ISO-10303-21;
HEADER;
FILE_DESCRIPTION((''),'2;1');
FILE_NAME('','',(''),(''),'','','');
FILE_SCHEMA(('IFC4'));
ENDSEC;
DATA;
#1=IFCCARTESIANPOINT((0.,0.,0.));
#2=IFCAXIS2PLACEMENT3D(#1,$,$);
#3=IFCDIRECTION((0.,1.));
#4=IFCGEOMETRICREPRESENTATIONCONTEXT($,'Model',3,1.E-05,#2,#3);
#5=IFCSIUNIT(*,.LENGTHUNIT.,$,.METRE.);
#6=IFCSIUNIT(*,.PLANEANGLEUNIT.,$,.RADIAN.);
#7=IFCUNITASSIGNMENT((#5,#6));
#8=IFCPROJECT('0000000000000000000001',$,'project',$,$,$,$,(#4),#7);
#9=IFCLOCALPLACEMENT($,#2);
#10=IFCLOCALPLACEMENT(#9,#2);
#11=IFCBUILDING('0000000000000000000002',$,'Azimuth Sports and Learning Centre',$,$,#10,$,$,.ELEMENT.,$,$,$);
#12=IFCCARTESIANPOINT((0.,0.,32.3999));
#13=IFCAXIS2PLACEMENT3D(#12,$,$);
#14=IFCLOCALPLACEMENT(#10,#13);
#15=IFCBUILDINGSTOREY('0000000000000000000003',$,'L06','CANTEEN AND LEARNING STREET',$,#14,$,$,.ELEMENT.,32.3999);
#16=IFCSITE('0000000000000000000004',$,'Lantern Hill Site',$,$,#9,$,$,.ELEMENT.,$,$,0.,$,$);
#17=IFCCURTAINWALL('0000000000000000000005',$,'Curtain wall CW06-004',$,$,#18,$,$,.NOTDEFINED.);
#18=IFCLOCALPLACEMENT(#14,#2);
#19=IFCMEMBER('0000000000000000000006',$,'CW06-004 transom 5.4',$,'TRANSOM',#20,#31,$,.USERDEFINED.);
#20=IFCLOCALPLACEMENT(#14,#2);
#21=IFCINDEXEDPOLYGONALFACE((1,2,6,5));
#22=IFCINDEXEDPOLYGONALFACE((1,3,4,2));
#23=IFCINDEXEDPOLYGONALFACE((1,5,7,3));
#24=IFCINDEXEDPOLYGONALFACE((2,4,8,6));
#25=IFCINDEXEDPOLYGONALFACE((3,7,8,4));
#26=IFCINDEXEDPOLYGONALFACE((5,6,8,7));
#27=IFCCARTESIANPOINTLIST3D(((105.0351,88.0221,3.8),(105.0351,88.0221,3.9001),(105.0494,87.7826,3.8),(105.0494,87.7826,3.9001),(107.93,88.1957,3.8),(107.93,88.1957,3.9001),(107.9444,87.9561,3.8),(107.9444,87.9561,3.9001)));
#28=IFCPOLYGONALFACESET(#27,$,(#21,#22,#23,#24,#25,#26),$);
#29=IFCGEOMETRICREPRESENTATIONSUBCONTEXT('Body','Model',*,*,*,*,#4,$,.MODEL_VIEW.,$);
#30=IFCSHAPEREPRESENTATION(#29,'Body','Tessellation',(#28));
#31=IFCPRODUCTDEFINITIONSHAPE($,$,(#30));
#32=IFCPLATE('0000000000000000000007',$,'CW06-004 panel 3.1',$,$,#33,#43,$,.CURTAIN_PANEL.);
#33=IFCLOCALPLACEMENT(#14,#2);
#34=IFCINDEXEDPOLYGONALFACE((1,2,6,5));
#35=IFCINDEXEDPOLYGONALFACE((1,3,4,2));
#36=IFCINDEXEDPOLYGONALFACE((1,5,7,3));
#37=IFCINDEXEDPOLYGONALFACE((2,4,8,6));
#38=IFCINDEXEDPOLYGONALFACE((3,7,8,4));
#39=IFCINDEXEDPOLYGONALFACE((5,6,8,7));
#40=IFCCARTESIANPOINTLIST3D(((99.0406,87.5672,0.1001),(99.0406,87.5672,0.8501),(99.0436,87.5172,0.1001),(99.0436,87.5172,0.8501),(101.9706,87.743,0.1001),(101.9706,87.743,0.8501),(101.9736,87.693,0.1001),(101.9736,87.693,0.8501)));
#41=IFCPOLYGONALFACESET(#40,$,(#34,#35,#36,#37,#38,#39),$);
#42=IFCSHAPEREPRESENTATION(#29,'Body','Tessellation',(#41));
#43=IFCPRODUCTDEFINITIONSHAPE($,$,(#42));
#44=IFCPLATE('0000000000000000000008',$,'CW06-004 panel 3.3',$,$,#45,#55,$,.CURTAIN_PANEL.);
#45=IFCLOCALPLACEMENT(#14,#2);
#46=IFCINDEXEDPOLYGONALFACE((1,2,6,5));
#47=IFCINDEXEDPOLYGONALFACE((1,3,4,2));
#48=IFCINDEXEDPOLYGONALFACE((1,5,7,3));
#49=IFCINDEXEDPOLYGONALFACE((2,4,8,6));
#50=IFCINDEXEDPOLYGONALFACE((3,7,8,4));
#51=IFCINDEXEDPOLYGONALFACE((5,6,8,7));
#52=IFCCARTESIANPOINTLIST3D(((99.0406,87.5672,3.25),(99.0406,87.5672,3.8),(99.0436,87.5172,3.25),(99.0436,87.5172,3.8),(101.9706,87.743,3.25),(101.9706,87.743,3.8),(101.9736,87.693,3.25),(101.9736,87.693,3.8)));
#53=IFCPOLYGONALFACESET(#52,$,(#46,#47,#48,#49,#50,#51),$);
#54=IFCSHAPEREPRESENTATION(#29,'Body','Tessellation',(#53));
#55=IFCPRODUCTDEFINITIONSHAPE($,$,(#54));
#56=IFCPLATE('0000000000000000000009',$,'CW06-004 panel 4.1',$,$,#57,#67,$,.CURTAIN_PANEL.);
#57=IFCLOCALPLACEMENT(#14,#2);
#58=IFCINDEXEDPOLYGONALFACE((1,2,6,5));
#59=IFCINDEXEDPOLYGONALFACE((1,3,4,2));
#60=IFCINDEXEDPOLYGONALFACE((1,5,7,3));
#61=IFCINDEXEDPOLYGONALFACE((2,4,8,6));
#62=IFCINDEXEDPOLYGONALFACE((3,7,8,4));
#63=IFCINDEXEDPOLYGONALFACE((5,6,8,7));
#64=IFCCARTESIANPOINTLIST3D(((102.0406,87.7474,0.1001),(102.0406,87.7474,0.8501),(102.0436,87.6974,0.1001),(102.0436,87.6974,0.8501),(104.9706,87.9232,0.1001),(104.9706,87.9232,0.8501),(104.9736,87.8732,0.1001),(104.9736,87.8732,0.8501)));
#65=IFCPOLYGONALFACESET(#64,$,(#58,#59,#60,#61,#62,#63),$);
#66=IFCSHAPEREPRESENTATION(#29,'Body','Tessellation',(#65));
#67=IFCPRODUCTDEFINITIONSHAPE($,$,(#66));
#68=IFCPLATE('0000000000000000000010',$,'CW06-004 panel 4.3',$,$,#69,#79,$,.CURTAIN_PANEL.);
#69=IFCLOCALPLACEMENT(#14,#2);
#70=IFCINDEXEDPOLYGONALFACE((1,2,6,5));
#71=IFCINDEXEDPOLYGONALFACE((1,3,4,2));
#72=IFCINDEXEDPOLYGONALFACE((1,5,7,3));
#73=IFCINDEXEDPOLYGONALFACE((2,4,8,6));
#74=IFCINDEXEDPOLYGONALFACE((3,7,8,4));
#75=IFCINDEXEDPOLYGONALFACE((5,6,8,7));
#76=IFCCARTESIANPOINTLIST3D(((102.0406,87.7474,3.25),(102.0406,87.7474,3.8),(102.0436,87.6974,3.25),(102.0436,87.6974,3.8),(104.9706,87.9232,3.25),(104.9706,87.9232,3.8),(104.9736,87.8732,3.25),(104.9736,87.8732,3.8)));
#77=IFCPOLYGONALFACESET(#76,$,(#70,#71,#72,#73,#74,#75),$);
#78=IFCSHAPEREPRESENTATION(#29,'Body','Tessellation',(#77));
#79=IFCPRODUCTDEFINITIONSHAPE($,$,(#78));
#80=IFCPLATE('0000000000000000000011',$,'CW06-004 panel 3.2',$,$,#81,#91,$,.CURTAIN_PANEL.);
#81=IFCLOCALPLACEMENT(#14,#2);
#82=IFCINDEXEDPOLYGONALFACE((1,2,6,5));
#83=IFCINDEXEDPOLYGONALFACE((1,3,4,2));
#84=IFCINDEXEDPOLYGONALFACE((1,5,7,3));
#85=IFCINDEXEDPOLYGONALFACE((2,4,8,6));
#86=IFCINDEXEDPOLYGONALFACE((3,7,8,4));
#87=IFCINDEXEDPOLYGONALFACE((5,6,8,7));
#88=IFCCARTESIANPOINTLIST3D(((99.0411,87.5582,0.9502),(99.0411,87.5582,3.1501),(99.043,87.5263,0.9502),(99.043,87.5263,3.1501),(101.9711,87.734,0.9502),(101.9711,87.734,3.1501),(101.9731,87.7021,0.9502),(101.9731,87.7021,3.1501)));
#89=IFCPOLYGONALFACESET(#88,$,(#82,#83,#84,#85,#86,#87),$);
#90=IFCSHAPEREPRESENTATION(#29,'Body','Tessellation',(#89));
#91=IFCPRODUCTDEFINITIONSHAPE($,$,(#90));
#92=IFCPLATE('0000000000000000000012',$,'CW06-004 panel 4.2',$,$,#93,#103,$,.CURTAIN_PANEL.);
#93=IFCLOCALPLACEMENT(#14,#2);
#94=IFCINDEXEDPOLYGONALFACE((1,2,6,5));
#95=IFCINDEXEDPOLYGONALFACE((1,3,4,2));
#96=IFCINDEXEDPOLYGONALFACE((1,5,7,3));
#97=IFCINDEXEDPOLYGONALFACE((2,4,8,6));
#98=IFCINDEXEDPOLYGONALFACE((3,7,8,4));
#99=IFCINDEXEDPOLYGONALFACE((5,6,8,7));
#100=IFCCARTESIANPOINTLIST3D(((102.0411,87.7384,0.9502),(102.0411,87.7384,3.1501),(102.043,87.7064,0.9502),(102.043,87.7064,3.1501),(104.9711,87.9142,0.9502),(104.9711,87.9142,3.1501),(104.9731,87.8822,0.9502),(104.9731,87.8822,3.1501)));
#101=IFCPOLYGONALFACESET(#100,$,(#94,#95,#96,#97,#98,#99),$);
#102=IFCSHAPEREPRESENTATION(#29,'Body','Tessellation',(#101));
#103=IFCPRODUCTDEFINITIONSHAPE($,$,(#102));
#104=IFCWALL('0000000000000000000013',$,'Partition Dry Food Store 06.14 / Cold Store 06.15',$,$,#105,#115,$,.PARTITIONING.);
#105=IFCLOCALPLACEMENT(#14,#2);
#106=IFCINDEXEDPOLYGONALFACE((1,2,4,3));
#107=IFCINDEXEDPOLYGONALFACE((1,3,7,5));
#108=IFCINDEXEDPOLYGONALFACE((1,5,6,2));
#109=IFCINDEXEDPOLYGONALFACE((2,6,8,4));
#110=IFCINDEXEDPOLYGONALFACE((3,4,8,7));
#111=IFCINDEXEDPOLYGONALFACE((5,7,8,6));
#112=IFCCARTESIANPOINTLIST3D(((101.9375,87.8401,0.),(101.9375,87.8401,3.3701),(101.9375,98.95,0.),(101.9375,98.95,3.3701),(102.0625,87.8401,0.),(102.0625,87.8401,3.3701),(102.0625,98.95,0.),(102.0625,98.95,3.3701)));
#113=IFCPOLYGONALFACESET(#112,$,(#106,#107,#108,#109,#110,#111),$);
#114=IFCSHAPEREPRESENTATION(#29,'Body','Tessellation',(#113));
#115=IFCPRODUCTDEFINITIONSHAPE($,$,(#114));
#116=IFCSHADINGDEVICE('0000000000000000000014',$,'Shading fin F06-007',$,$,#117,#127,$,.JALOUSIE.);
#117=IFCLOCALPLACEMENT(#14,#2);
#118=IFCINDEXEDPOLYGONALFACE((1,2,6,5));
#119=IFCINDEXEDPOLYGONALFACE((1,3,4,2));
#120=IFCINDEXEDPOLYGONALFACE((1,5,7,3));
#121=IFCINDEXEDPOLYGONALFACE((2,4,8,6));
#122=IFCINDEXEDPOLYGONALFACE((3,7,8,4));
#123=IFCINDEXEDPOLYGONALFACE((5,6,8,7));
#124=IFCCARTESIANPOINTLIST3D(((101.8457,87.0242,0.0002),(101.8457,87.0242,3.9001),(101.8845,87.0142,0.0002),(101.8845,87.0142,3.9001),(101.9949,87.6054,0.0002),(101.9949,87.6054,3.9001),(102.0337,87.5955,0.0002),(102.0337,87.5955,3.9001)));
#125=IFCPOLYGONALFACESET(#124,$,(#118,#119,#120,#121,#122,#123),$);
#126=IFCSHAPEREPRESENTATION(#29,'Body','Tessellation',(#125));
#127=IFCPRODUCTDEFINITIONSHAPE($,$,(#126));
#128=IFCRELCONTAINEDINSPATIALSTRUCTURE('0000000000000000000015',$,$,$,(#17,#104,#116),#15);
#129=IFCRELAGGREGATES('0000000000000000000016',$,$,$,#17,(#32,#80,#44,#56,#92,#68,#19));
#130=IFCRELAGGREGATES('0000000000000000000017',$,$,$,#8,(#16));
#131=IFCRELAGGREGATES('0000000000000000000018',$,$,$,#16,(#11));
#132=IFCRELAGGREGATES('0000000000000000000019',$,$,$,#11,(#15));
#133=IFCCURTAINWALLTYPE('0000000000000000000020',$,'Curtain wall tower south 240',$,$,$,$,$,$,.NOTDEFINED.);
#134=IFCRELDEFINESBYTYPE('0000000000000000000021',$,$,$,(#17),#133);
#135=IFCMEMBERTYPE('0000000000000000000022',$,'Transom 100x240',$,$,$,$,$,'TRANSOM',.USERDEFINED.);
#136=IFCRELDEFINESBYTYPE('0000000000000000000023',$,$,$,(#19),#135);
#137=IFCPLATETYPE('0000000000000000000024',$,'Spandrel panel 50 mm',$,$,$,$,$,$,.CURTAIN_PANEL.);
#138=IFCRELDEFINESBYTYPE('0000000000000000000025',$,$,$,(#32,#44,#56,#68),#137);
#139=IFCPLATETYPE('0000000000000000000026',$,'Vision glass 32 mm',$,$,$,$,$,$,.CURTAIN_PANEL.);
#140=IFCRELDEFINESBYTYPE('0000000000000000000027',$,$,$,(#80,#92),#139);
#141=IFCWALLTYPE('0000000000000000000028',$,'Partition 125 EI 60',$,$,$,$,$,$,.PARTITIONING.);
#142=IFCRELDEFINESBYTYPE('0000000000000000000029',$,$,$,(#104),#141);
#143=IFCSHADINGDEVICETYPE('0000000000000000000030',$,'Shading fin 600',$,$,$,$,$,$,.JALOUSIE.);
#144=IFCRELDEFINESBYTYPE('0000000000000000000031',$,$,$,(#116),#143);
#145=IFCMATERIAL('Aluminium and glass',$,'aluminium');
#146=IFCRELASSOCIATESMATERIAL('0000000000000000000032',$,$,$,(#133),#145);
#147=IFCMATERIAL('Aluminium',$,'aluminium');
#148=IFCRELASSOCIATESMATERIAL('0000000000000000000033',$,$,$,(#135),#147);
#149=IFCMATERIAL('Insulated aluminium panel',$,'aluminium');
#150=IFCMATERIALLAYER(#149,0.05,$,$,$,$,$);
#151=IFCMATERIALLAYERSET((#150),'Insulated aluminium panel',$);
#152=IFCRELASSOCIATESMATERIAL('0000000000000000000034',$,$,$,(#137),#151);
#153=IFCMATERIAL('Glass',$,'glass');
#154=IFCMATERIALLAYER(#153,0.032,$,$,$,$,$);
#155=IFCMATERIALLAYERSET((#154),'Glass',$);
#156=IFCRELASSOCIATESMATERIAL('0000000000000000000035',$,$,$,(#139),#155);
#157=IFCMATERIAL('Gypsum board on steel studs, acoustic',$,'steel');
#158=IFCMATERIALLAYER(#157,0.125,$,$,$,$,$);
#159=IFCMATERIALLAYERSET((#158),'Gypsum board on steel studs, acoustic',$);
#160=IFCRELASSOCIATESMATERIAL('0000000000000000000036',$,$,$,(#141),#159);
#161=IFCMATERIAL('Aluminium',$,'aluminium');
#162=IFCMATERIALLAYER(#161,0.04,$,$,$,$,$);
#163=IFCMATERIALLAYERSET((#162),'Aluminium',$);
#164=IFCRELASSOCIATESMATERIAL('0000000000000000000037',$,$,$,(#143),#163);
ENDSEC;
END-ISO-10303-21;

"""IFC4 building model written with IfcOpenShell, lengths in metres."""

from ifc_helpers import new_model, si_unit, direction, frame, frame_2d, origin, origin_2d, place, context, subcontext, project, spatial, rectangle, extrude, material, layer, layer_set, material_profile, profile_set, type_object, element, aggregate, save


model = new_model("IFC4")

# Units and contexts
model_context = context("Model", 3, precision=1e-05, world=origin(), true_north=direction((0.0, 1.0)))
body_context = subcontext(model_context, "Body", "Model", "MODEL_VIEW")
ifc_project = project(units=[si_unit("LENGTHUNIT", "METRE"), si_unit("PLANEANGLEUNIT", "RADIAN")], contexts=[model_context])

# Site, building, storey
site_placement = place(None, origin())
site = spatial("IfcSite", under=ifc_project, at=site_placement, Name="Lantern Hill Site", CompositionType="ELEMENT", RefElevation=0.0)
building_placement = place(site_placement, origin())
building = spatial("IfcBuilding", under=site, at=building_placement, Name="Azimuth Sports and Learning Centre", CompositionType="ELEMENT")
storey_placement = place(building_placement, frame((0.0, 0.0, 32.3999)))
storey = spatial("IfcBuildingStorey", under=building, at=storey_placement, Name="L06", Description="CANTEEN AND LEARNING STREET", CompositionType="ELEMENT", Elevation=32.3999)

# Curtain wall, member, plates
ifc_material_1 = material(Name="Aluminium and glass", Category="aluminium")
curtain_wall_type = type_object("IfcCurtainWallType", Name="Curtain wall tower south 240", PredefinedType="NOTDEFINED", material=ifc_material_1)
curtain_wall_placement = place(storey_placement, origin())
curtain_wall = element("IfcCurtainWall", 1, at=curtain_wall_placement, inside=storey, type_object=curtain_wall_type, Name="Curtain wall CW06-004", PredefinedType="NOTDEFINED")
ifc_material_2 = material(Name="Aluminium", Category="aluminium")
ifc_material_profile_1 = material_profile(ifc_material_2, rectangle(XDim=0.24, YDim=0.1001, at=origin_2d()), Name="Transom 100x240")
ifc_profile_set_1 = profile_set([ifc_material_profile_1], Name="Aluminium")
member_type_1 = type_object("IfcMemberType", Name="Transom 100x240", ElementType="TRANSOM", PredefinedType="USERDEFINED", material=ifc_profile_set_1)
member_1_placement = place(storey_placement, frame((105.0422, 87.9023, 3.8501), z_axis=(0.998207, 0.059852, 0.0), x_axis=(-0.059852, 0.998207, 0.0)))
member_1 = element("IfcMember", 2, at=member_1_placement, type_object=member_type_1, Name="CW06-004 transom 5.4", ObjectType="TRANSOM", PredefinedType="USERDEFINED", context=body_context, shape_type="SweptSolid", body=[
    extrude(rectangle(XDim=0.24, YDim=0.1001, at=origin_2d()), origin(), (0.0, 0.0, 1.0), 2.9001),
])
ifc_material_3 = material(Name="Insulated aluminium panel", Category="aluminium")
ifc_layer_1 = layer(ifc_material_3, 0.05)
ifc_layer_set_1 = layer_set([ifc_layer_1], Name="Insulated aluminium panel")
plate_type_1 = type_object("IfcPlateType", Name="Spandrel panel 50 mm", PredefinedType="CURTAIN_PANEL", material=ifc_layer_set_1)
plate_1_placement = place(storey_placement, frame((100.5071, 87.6301, 0.1001), z_axis=(0.0, 0.0, 1.0), x_axis=(0.998205, 0.059892, 0.0)))
plate_1 = element("IfcPlate", 3, at=plate_1_placement, type_object=plate_type_1, Name="CW06-004 panel 3.1", PredefinedType="CURTAIN_PANEL", context=body_context, shape_type="SweptSolid", body=[
    extrude(rectangle(XDim=2.9353, YDim=0.05, at=origin_2d()), origin(), (0.0, 0.0, 1.0), 0.75),
])
plate_2_placement = place(storey_placement, frame((100.5071, 87.6301, 3.25), z_axis=(0.0, 0.0, 1.0), x_axis=(0.998205, 0.059892, 0.0)))
plate_2 = element("IfcPlate", 4, at=plate_2_placement, type_object=plate_type_1, Name="CW06-004 panel 3.3", PredefinedType="CURTAIN_PANEL", context=body_context, shape_type="SweptSolid", body=[
    extrude(rectangle(XDim=2.9353, YDim=0.05, at=origin_2d()), origin(), (0.0, 0.0, 1.0), 0.55),
])
plate_3_placement = place(storey_placement, frame((103.5071, 87.8103, 0.1001), z_axis=(0.0, 0.0, 1.0), x_axis=(0.998205, 0.059892, 0.0)))
plate_3 = element("IfcPlate", 5, at=plate_3_placement, type_object=plate_type_1, Name="CW06-004 panel 4.1", PredefinedType="CURTAIN_PANEL", context=body_context, shape_type="SweptSolid", body=[
    extrude(rectangle(XDim=2.9353, YDim=0.05, at=origin_2d()), origin(), (0.0, 0.0, 1.0), 0.75),
])
plate_4_placement = place(storey_placement, frame((103.5071, 87.8103, 3.25), z_axis=(0.0, 0.0, 1.0), x_axis=(0.998205, 0.059892, 0.0)))
plate_4 = element("IfcPlate", 6, at=plate_4_placement, type_object=plate_type_1, Name="CW06-004 panel 4.3", PredefinedType="CURTAIN_PANEL", context=body_context, shape_type="SweptSolid", body=[
    extrude(rectangle(XDim=2.9353, YDim=0.05, at=origin_2d()), origin(), (0.0, 0.0, 1.0), 0.55),
])
ifc_material_4 = material(Name="Glass", Category="glass")
ifc_layer_2 = layer(ifc_material_4, 0.032)
ifc_layer_set_2 = layer_set([ifc_layer_2], Name="Glass")
plate_type_2 = type_object("IfcPlateType", Name="Vision glass 32 mm", PredefinedType="CURTAIN_PANEL", material=ifc_layer_set_2)
plate_5_placement = place(storey_placement, frame((100.5071, 87.6301, 0.9502), z_axis=(0.0, 0.0, 1.0), x_axis=(0.998205, 0.059892, 0.0)))
plate_5 = element("IfcPlate", 7, at=plate_5_placement, type_object=plate_type_2, Name="CW06-004 panel 3.2", PredefinedType="CURTAIN_PANEL", context=body_context, shape_type="SweptSolid", body=[
    extrude(rectangle(XDim=2.9353, YDim=0.032, at=origin_2d()), origin(), (0.0, 0.0, 1.0), 2.2),
])
plate_6_placement = place(storey_placement, frame((103.5071, 87.8103, 0.9502), z_axis=(0.0, 0.0, 1.0), x_axis=(0.998205, 0.059892, 0.0)))
plate_6 = element("IfcPlate", 8, at=plate_6_placement, type_object=plate_type_2, Name="CW06-004 panel 4.2", PredefinedType="CURTAIN_PANEL", context=body_context, shape_type="SweptSolid", body=[
    extrude(rectangle(XDim=2.9353, YDim=0.032, at=origin_2d()), origin(), (0.0, 0.0, 1.0), 2.2),
])
aggregate(curtain_wall, [plate_1, plate_5, plate_2, plate_3, plate_6, plate_4, member_1])

# Wall
ifc_material_5 = material(Name="Gypsum board on steel studs, acoustic", Category="steel")
ifc_layer_3 = layer(ifc_material_5, 0.125)
ifc_layer_set_3 = layer_set([ifc_layer_3], Name="Gypsum board on steel studs, acoustic")
wall_type = type_object("IfcWallType", Name="Partition 125 EI 60", PredefinedType="PARTITIONING", material=ifc_layer_set_3)
wall_placement = place(storey_placement, frame((102.0, 87.8401, 0.0), z_axis=(0.0, 0.0, 1.0), x_axis=(0.0, 1.0, 0.0)))
element("IfcWall", 9, at=wall_placement, inside=storey, type_object=wall_type, Name="Partition Dry Food Store 06.14 / Cold Store 06.15", PredefinedType="PARTITIONING", context=body_context, shape_type="SweptSolid", body=[
    extrude(rectangle(XDim=11.1099, YDim=0.125, at=frame_2d((5.5549, 0.0))), origin(), (0.0, 0.0, 1.0), 3.3701),
])

# Shading device
ifc_material_6 = material(Name="Aluminium", Category="aluminium")
ifc_layer_4 = layer(ifc_material_6, 0.04)
ifc_layer_set_4 = layer_set([ifc_layer_4], Name="Aluminium")
shading_device_type = type_object("IfcShadingDeviceType", Name="Shading fin 600", PredefinedType="JALOUSIE", material=ifc_layer_set_4)
shading_device_placement = place(storey_placement, frame((101.9397, 87.3098, 0.0002), z_axis=(0.0, 0.0, 1.0), x_axis=(-0.248721, -0.968575, 0.0)))
element("IfcShadingDevice", 10, at=shading_device_placement, inside=storey, type_object=shading_device_type, Name="Shading fin F06-007", PredefinedType="JALOUSIE", context=body_context, shape_type="SweptSolid", body=[
    extrude(rectangle(XDim=0.6001, YDim=0.04, at=origin_2d()), origin(), (0.0, 0.0, 1.0), 3.8999),
])

save(model, "model.ifc")
